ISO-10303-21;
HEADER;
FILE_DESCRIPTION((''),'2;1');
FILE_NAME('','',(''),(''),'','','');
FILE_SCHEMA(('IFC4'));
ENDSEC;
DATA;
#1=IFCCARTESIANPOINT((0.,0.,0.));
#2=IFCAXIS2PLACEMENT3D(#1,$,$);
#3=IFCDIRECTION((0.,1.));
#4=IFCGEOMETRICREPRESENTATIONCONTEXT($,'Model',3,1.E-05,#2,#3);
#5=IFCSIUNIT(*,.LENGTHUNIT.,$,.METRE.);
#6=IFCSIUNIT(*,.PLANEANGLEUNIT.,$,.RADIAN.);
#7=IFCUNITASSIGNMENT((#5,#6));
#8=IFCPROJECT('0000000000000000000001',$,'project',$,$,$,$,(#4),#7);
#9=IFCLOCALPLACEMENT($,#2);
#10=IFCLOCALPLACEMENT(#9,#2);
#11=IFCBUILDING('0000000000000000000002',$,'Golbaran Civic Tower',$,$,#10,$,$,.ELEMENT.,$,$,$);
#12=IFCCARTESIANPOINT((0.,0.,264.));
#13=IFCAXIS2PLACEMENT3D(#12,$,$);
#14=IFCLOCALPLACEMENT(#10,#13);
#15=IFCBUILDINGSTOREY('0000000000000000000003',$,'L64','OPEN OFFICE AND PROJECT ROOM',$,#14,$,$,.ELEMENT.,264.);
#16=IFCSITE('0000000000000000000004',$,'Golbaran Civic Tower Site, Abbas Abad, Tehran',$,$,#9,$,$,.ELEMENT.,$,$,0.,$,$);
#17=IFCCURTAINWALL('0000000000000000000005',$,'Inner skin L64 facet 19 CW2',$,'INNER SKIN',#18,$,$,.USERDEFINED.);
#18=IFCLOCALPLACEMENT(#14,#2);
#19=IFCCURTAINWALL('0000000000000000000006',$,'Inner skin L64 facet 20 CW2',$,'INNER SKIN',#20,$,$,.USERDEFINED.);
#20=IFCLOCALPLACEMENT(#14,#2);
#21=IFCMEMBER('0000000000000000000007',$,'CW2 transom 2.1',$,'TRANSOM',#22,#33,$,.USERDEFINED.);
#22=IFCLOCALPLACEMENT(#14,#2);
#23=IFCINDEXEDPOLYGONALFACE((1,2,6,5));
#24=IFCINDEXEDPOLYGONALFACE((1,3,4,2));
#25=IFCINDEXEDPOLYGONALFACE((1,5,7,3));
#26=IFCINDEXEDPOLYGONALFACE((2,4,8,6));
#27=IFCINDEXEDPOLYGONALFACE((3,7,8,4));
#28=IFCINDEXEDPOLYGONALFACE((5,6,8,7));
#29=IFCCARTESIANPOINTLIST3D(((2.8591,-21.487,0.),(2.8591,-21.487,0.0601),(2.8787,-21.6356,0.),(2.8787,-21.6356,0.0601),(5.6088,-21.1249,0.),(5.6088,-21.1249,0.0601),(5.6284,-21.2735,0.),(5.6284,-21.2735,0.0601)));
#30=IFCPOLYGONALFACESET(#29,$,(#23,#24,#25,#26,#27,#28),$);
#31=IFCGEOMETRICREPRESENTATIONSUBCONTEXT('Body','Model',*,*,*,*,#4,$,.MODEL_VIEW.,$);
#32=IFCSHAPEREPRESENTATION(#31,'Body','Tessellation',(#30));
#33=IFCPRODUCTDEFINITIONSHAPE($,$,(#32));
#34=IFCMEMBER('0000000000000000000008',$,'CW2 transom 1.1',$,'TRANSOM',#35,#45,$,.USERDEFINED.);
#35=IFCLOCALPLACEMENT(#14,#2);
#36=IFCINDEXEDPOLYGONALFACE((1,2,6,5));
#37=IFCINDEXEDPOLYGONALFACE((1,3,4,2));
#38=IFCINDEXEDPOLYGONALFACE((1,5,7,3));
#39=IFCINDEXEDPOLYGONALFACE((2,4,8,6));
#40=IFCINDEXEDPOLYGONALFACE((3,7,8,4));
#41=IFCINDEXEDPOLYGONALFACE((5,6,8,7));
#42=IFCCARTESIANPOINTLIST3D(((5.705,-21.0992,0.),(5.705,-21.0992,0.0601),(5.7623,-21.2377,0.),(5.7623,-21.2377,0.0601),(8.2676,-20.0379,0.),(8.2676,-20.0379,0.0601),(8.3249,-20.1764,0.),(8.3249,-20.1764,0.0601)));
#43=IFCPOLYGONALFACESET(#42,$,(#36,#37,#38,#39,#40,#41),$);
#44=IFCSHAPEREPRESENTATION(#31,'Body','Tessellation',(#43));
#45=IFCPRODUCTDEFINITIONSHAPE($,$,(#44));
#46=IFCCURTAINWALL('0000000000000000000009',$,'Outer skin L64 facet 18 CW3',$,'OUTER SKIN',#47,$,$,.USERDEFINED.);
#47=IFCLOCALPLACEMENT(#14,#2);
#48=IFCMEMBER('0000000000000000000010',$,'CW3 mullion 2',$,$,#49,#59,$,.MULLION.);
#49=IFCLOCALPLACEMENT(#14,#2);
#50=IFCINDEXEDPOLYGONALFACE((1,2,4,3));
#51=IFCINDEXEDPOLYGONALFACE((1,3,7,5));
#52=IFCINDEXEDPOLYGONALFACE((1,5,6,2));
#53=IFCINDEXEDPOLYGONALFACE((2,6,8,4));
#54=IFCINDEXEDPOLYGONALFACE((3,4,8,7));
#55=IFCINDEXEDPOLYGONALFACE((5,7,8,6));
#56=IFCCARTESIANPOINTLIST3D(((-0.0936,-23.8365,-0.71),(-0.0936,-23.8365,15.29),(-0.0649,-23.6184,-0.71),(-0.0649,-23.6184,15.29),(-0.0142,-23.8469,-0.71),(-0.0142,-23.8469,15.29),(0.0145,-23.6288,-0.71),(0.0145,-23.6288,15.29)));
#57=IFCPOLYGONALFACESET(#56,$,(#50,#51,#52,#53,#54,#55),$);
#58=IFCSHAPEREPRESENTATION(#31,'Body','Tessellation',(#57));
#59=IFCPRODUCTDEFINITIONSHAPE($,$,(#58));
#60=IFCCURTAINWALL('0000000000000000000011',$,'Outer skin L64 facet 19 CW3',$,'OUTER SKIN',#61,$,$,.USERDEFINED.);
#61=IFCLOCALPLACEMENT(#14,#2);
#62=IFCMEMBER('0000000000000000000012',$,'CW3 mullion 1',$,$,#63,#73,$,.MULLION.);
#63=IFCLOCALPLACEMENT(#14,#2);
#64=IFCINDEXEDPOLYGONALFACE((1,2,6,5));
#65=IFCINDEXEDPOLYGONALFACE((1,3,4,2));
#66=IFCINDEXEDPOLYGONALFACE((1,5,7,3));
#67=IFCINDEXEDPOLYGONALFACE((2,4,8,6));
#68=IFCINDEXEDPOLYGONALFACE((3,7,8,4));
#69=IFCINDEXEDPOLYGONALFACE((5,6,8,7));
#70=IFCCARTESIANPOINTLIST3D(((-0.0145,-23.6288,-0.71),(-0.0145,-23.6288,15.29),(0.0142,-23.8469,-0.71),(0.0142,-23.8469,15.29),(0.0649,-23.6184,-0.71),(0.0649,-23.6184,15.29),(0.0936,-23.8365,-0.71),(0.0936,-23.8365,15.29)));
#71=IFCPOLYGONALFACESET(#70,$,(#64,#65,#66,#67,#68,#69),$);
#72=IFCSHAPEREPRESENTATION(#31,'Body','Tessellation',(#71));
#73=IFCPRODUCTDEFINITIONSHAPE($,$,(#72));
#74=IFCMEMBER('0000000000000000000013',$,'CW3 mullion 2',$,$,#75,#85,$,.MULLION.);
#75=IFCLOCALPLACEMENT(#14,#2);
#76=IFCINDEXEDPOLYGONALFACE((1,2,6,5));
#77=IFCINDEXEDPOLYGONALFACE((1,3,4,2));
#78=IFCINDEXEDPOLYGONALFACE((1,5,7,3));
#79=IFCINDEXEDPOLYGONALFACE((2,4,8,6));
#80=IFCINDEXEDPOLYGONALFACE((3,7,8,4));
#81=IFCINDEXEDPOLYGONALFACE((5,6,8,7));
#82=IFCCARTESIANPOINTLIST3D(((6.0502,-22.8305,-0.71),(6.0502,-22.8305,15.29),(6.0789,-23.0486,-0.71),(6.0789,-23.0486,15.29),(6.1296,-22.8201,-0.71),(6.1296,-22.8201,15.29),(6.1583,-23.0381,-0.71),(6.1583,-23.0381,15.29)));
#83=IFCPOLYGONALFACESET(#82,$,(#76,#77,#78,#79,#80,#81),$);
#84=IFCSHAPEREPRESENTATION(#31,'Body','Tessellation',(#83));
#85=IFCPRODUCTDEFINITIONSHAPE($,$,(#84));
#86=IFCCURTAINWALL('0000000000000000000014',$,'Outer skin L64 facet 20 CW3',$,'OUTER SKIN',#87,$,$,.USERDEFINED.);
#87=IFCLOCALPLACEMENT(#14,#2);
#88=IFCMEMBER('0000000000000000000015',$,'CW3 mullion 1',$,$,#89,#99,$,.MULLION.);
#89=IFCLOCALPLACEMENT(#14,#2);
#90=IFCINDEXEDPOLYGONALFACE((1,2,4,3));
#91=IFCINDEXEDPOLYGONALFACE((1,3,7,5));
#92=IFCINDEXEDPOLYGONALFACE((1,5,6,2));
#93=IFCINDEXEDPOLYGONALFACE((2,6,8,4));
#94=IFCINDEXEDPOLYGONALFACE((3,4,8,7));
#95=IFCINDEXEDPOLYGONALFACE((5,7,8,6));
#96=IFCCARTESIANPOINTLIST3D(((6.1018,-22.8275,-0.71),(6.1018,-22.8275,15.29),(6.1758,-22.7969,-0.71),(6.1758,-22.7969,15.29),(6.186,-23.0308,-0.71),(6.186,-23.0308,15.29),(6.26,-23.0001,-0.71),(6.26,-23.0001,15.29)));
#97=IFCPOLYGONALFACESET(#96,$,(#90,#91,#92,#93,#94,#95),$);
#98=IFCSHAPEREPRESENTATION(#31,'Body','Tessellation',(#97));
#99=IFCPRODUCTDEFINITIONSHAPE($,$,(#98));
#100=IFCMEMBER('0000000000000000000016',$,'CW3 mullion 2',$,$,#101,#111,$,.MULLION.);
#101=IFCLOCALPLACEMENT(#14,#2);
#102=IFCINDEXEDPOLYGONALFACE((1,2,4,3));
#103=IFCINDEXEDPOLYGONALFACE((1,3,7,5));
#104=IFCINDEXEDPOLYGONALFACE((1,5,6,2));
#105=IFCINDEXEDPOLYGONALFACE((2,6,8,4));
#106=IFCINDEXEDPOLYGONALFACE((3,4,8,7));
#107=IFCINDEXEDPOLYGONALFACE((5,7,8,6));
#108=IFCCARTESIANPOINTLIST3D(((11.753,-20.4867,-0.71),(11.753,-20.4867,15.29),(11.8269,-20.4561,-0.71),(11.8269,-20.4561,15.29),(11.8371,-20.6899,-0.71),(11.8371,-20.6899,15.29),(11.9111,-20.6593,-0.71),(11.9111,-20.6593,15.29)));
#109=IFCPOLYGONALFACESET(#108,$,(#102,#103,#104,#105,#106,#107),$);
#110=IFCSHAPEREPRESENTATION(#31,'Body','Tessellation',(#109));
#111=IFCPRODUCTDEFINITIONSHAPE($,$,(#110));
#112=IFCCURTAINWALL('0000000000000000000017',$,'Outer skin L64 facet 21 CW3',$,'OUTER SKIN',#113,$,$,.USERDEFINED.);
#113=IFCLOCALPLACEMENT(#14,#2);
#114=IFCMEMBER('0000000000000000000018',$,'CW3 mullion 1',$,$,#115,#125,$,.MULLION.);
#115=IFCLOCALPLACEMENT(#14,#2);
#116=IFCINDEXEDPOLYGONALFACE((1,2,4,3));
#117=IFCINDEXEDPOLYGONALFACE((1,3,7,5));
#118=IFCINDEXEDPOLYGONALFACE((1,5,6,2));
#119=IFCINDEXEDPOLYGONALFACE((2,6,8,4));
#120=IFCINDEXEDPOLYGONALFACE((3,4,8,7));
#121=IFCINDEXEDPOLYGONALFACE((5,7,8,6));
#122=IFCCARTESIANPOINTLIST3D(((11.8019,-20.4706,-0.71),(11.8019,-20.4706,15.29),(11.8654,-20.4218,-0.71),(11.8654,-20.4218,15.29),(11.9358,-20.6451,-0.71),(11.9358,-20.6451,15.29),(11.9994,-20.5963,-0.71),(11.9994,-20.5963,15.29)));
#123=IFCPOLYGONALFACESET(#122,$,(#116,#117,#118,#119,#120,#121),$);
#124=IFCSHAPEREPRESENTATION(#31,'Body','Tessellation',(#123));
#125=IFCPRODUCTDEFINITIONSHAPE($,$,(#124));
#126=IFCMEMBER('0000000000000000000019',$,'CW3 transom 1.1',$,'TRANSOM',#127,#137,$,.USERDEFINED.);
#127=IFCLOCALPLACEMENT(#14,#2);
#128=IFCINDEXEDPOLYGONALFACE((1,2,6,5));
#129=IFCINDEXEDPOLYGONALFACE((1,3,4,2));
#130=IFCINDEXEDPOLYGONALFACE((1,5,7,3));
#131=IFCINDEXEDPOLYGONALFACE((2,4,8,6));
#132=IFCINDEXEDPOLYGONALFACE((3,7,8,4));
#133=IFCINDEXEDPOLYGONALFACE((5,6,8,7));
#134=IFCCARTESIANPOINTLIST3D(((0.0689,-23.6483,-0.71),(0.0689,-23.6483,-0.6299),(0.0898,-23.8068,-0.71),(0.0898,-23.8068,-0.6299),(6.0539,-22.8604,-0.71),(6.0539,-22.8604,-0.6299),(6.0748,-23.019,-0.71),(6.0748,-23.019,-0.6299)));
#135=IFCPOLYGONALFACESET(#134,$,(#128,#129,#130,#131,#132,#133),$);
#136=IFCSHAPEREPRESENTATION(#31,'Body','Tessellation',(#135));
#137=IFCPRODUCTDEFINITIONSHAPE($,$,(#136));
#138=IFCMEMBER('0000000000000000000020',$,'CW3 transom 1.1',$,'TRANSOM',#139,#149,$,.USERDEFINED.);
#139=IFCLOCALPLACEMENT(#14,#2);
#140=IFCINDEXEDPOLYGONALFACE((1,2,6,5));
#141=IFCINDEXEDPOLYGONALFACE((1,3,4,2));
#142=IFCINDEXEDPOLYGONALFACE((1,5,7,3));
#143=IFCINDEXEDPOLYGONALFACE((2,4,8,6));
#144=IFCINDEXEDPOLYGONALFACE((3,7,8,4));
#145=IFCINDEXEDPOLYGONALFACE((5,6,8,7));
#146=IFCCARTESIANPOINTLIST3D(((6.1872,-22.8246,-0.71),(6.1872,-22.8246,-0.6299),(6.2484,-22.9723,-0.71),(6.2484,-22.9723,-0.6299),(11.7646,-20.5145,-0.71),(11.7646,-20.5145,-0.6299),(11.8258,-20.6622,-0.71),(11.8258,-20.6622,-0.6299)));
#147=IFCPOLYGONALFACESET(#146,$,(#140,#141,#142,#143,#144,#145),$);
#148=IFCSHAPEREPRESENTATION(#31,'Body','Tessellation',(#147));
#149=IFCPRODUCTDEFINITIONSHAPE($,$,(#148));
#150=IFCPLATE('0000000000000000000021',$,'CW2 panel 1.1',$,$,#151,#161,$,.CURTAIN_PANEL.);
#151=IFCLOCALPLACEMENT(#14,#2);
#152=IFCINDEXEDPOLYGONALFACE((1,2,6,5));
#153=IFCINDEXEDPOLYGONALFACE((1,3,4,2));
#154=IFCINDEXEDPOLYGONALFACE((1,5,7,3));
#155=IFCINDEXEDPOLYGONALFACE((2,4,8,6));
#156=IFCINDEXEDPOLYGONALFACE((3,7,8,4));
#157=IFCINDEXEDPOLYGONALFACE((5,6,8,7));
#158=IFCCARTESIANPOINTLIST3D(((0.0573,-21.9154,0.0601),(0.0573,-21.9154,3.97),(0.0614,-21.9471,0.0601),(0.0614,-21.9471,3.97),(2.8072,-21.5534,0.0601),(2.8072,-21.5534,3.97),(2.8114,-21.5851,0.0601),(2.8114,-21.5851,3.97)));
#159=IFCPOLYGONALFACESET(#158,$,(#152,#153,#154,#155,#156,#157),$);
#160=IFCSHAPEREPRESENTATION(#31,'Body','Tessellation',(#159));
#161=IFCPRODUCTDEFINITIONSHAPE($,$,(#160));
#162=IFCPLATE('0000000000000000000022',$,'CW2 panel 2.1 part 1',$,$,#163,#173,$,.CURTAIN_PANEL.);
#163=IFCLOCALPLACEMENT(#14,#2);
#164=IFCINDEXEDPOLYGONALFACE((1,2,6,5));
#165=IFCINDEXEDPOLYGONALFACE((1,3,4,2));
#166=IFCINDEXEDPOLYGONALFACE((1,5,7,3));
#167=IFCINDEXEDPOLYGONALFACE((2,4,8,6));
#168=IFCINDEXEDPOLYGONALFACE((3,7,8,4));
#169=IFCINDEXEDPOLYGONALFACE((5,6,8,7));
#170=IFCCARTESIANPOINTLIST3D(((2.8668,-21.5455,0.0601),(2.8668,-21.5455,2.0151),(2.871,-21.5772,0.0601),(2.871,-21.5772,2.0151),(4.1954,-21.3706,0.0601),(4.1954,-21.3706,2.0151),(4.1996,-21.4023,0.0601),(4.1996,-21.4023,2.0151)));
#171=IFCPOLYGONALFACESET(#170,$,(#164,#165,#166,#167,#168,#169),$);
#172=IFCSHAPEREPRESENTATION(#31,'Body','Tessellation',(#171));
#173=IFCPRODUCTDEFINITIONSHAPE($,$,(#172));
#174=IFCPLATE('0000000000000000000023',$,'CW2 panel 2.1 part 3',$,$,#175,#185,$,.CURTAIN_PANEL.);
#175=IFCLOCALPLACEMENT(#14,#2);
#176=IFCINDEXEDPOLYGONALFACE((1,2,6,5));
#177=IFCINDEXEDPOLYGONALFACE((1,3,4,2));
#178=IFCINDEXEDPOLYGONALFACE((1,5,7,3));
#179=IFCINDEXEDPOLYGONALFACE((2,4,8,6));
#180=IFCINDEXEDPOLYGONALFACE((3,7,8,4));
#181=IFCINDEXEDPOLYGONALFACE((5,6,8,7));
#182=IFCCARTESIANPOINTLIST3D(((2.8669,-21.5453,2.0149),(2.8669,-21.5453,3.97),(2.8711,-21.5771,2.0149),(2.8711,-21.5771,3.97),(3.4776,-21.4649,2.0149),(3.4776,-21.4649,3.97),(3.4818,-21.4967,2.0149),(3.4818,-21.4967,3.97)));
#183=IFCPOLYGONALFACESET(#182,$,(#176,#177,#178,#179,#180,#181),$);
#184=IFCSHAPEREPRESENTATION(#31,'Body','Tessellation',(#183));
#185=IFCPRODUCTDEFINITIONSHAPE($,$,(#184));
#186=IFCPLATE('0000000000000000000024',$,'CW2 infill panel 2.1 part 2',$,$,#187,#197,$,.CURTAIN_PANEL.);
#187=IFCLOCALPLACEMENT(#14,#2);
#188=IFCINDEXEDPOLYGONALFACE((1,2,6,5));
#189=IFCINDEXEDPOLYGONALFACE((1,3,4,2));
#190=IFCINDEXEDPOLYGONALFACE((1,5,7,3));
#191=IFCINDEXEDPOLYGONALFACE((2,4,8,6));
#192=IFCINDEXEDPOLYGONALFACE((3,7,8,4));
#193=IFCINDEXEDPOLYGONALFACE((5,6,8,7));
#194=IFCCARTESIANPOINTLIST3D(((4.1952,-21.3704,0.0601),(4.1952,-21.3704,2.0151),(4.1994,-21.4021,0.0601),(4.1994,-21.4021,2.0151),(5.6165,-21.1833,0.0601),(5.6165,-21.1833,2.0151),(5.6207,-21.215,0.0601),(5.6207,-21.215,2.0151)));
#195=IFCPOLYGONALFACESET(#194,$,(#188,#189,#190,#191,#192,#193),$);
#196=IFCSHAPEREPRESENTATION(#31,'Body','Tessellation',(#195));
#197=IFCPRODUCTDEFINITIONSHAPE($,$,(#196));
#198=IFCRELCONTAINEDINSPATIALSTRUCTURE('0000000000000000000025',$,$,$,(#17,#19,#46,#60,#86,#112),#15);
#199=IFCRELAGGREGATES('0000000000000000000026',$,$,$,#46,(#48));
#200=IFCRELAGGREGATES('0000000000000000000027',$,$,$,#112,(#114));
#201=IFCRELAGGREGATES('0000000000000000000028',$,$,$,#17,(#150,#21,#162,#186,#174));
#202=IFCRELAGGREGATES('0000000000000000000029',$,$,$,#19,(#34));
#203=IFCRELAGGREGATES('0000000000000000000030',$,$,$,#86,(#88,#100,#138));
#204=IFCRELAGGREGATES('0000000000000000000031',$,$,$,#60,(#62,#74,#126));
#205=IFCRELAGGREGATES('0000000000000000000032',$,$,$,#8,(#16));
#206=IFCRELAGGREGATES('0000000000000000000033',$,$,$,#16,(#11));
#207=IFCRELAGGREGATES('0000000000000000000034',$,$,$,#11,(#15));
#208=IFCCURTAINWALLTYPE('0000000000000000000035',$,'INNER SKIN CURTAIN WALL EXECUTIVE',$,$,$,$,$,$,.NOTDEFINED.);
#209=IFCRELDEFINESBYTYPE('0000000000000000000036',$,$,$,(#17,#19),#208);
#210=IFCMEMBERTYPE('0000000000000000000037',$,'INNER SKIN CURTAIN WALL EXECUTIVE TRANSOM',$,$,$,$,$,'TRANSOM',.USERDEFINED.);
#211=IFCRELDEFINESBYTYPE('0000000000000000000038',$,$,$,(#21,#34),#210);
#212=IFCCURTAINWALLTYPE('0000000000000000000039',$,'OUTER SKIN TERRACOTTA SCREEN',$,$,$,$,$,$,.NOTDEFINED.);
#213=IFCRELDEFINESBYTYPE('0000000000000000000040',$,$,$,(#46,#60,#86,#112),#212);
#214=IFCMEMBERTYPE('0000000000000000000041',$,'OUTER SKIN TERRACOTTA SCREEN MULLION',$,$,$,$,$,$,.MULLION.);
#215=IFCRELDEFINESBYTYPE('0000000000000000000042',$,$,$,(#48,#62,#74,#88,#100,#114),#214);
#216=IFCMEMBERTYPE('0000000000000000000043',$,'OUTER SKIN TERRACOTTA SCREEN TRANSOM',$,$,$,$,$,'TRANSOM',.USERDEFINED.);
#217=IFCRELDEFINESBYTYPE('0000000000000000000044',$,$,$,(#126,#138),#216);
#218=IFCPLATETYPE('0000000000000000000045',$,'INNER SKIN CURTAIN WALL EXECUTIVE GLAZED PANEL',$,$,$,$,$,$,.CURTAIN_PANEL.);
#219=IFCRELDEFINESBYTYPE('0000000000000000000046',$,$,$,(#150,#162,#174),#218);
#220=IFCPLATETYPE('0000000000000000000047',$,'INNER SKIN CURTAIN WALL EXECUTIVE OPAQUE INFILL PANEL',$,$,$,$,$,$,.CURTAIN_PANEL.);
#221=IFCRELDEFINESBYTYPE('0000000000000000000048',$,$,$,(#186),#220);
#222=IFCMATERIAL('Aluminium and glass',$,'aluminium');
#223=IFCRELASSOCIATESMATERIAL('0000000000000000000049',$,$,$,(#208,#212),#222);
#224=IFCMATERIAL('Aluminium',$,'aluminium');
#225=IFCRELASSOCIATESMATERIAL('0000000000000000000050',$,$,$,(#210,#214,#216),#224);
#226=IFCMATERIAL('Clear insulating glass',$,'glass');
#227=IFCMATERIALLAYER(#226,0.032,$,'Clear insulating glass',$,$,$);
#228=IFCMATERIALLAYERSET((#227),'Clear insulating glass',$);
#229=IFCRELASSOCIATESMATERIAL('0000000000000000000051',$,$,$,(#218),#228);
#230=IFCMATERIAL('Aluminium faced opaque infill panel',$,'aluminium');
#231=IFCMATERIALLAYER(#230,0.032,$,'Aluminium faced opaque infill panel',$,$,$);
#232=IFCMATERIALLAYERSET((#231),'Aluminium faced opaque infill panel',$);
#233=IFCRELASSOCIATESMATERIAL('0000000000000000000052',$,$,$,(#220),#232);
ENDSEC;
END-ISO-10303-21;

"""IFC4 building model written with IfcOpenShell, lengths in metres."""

from ifc_helpers import new_model, si_unit, direction, frame, origin, origin_2d, place, context, subcontext, project, spatial, rectangle, extrude, material, layer, layer_set, material_profile, profile_set, type_object, element, aggregate, save


model = new_model("IFC4")

# Units and contexts
model_context = context("Model", 3, precision=1e-05, world=origin(), true_north=direction((0.0, 1.0)))
body_context = subcontext(model_context, "Body", "Model", "MODEL_VIEW")
ifc_project = project(units=[si_unit("LENGTHUNIT", "METRE"), si_unit("PLANEANGLEUNIT", "RADIAN")], contexts=[model_context])

# Site, building, storey
site_placement = place(None, origin())
site = spatial("IfcSite", under=ifc_project, at=site_placement, Name="Golbaran Civic Tower Site, Abbas Abad, Tehran", CompositionType="ELEMENT", RefElevation=0.0)
building_placement = place(site_placement, origin())
building = spatial("IfcBuilding", under=site, at=building_placement, Name="Golbaran Civic Tower", CompositionType="ELEMENT")
storey_placement = place(building_placement, frame((0.0, 0.0, 264.0)))
storey = spatial("IfcBuildingStorey", under=building, at=storey_placement, Name="L64", Description="OPEN OFFICE AND PROJECT ROOM", CompositionType="ELEMENT", Elevation=264.0)

# Shared definitions
ifc_material_1 = material(Name="Aluminium and glass", Category="aluminium")
curtain_wall_type_1 = type_object("IfcCurtainWallType", Name="INNER SKIN CURTAIN WALL EXECUTIVE", PredefinedType="NOTDEFINED", material=ifc_material_1)
ifc_material_2 = material(Name="Aluminium", Category="aluminium")

# Curtain wall
curtain_wall_1_placement = place(storey_placement, origin())
curtain_wall_1 = element("IfcCurtainWall", 1, at=curtain_wall_1_placement, inside=storey, type_object=curtain_wall_type_1, Name="Inner skin L64 facet 19 CW2", ObjectType="INNER SKIN", PredefinedType="USERDEFINED")

# Curtain wall
curtain_wall_2_placement = place(storey_placement, origin())
curtain_wall_2 = element("IfcCurtainWall", 2, at=curtain_wall_2_placement, inside=storey, type_object=curtain_wall_type_1, Name="Inner skin L64 facet 20 CW2", ObjectType="INNER SKIN", PredefinedType="USERDEFINED")

# Members
ifc_material_profile_1 = material_profile(ifc_material_2, rectangle(XDim=0.1499, YDim=0.0601, at=origin_2d()), Name="INNER SKIN CURTAIN WALL EXECUTIVE TRANSOM")
ifc_profile_set_1 = profile_set([ifc_material_profile_1], Name="Aluminium")
member_type_1 = type_object("IfcMemberType", Name="INNER SKIN CURTAIN WALL EXECUTIVE TRANSOM", ElementType="TRANSOM", PredefinedType="USERDEFINED", material=ifc_profile_set_1)
member_1_placement = place(storey_placement, frame((2.8689, -21.5613, 0.03), z_axis=(0.991443, 0.130543, 0.0), x_axis=(-0.130543, 0.991443, 0.0)))
member_1 = element("IfcMember", 3, at=member_1_placement, type_object=member_type_1, Name="CW2 transom 2.1", ObjectType="TRANSOM", PredefinedType="USERDEFINED", context=body_context, shape_type="SweptSolid", body=[
    extrude(rectangle(XDim=0.1499, YDim=0.0601, at=origin_2d()), origin(), (0.0, 0.0, 1.0), 2.7734),
])
member_2_placement = place(storey_placement, frame((5.7336, -21.1685, 0.03), z_axis=(0.923898, 0.382639, 0.0), x_axis=(-0.382639, 0.923898, 0.0)))
member_2 = element("IfcMember", 4, at=member_2_placement, type_object=member_type_1, Name="CW2 transom 1.1", ObjectType="TRANSOM", PredefinedType="USERDEFINED", context=body_context, shape_type="SweptSolid", body=[
    extrude(rectangle(XDim=0.1499, YDim=0.0601, at=origin_2d()), origin(), (0.0, 0.0, 1.0), 2.7737),
])

# Curtain wall, member
curtain_wall_type_2 = type_object("IfcCurtainWallType", Name="OUTER SKIN TERRACOTTA SCREEN", PredefinedType="NOTDEFINED", material=ifc_material_1)
curtain_wall_3_placement = place(storey_placement, origin())
curtain_wall_3 = element("IfcCurtainWall", 5, at=curtain_wall_3_placement, inside=storey, type_object=curtain_wall_type_2, Name="Outer skin L64 facet 18 CW3", ObjectType="OUTER SKIN", PredefinedType="USERDEFINED")
ifc_material_profile_2 = material_profile(ifc_material_2, rectangle(XDim=0.22, YDim=0.0801, at=origin_2d()), Name="OUTER SKIN TERRACOTTA SCREEN MULLION")
ifc_profile_set_2 = profile_set([ifc_material_profile_2], Name="Aluminium")
member_type_2 = type_object("IfcMemberType", Name="OUTER SKIN TERRACOTTA SCREEN MULLION", PredefinedType="MULLION", material=ifc_profile_set_2)
member_3_placement = place(storey_placement, frame((-0.0396, -23.7327, -0.71), z_axis=(0.0, 0.0, 1.0), x_axis=(0.130526, 0.991445, 0.0)))
member_3 = element("IfcMember", 6, at=member_3_placement, type_object=member_type_2, Name="CW3 mullion 2", PredefinedType="MULLION", context=body_context, shape_type="SweptSolid", body=[
    extrude(rectangle(XDim=0.22, YDim=0.0801, at=origin_2d()), origin(), (0.0, 0.0, 1.0), 16.0),
])
aggregate(curtain_wall_3, [member_3])

# Curtain walls, members
curtain_wall_4_placement = place(storey_placement, origin())
curtain_wall_4 = element("IfcCurtainWall", 7, at=curtain_wall_4_placement, inside=storey, type_object=curtain_wall_type_2, Name="Outer skin L64 facet 19 CW3", ObjectType="OUTER SKIN", PredefinedType="USERDEFINED")
member_4_placement = place(storey_placement, frame((0.0396, -23.7327, -0.71), z_axis=(0.0, 0.0, 1.0), x_axis=(-0.130526, 0.991445, 0.0)))
member_4 = element("IfcMember", 8, at=member_4_placement, type_object=member_type_2, Name="CW3 mullion 1", PredefinedType="MULLION", context=body_context, shape_type="SweptSolid", body=[
    extrude(rectangle(XDim=0.22, YDim=0.0801, at=origin_2d()), origin(), (0.0, 0.0, 1.0), 16.0),
])
member_5_placement = place(storey_placement, frame((6.1042, -22.9343, -0.71), z_axis=(0.0, 0.0, 1.0), x_axis=(-0.130526, 0.991445, 0.0)))
member_5 = element("IfcMember", 9, at=member_5_placement, type_object=member_type_2, Name="CW3 mullion 2", PredefinedType="MULLION", context=body_context, shape_type="SweptSolid", body=[
    extrude(rectangle(XDim=0.22, YDim=0.0801, at=origin_2d()), origin(), (0.0, 0.0, 1.0), 16.0),
])
curtain_wall_5_placement = place(storey_placement, origin())
curtain_wall_5 = element("IfcCurtainWall", 10, at=curtain_wall_5_placement, inside=storey, type_object=curtain_wall_type_2, Name="Outer skin L64 facet 20 CW3", ObjectType="OUTER SKIN", PredefinedType="USERDEFINED")
member_6_placement = place(storey_placement, frame((6.1809, -22.9138, -0.71), z_axis=(0.0, 0.0, 1.0), x_axis=(-0.382683, 0.92388, 0.0)))
member_6 = element("IfcMember", 11, at=member_6_placement, type_object=member_type_2, Name="CW3 mullion 1", PredefinedType="MULLION", context=body_context, shape_type="SweptSolid", body=[
    extrude(rectangle(XDim=0.22, YDim=0.0801, at=origin_2d()), origin(), (0.0, 0.0, 1.0), 16.0),
])
member_7_placement = place(storey_placement, frame((11.832, -20.573, -0.71), z_axis=(0.0, 0.0, 1.0), x_axis=(-0.382683, 0.92388, 0.0)))
member_7 = element("IfcMember", 12, at=member_7_placement, type_object=member_type_2, Name="CW3 mullion 2", PredefinedType="MULLION", context=body_context, shape_type="SweptSolid", body=[
    extrude(rectangle(XDim=0.22, YDim=0.0801, at=origin_2d()), origin(), (0.0, 0.0, 1.0), 16.0),
])

# Curtain wall, member
curtain_wall_6_placement = place(storey_placement, origin())
curtain_wall_6 = element("IfcCurtainWall", 13, at=curtain_wall_6_placement, inside=storey, type_object=curtain_wall_type_2, Name="Outer skin L64 facet 21 CW3", ObjectType="OUTER SKIN", PredefinedType="USERDEFINED")
member_8_placement = place(storey_placement, frame((11.9006, -20.5334, -0.71), z_axis=(0.0, 0.0, 1.0), x_axis=(-0.608761, 0.793353, 0.0)))
member_8 = element("IfcMember", 14, at=member_8_placement, type_object=member_type_2, Name="CW3 mullion 1", PredefinedType="MULLION", context=body_context, shape_type="SweptSolid", body=[
    extrude(rectangle(XDim=0.22, YDim=0.0801, at=origin_2d()), origin(), (0.0, 0.0, 1.0), 16.0),
])
aggregate(curtain_wall_6, [member_8])

# Members
ifc_material_profile_3 = material_profile(ifc_material_2, rectangle(XDim=0.1599, YDim=0.0801, at=origin_2d()), Name="OUTER SKIN TERRACOTTA SCREEN TRANSOM")
ifc_profile_set_3 = profile_set([ifc_material_profile_3], Name="Aluminium")
member_type_3 = type_object("IfcMemberType", Name="OUTER SKIN TERRACOTTA SCREEN TRANSOM", ElementType="TRANSOM", PredefinedType="USERDEFINED", material=ifc_profile_set_3)
member_9_placement = place(storey_placement, frame((0.0793, -23.7275, -0.6699), z_axis=(0.991447, 0.130508, 0.0), x_axis=(-0.130508, 0.991447, 0.0)))
member_9 = element("IfcMember", 15, at=member_9_placement, type_object=member_type_3, Name="CW3 transom 1.1", ObjectType="TRANSOM", PredefinedType="USERDEFINED", context=body_context, shape_type="SweptSolid", body=[
    extrude(rectangle(XDim=0.1599, YDim=0.0801, at=origin_2d()), origin(), (0.0, 0.0, 1.0), 6.0366),
])
member_10_placement = place(storey_placement, frame((6.2178, -22.8984, -0.6699), z_axis=(0.92389, 0.382659, 0.0), x_axis=(-0.382659, 0.92389, 0.0)))
member_10 = element("IfcMember", 16, at=member_10_placement, type_object=member_type_3, Name="CW3 transom 1.1", ObjectType="TRANSOM", PredefinedType="USERDEFINED", context=body_context, shape_type="SweptSolid", body=[
    extrude(rectangle(XDim=0.1599, YDim=0.0801, at=origin_2d()), origin(), (0.0, 0.0, 1.0), 6.0369),
])

# Plates
ifc_material_3 = material(Name="Clear insulating glass", Category="glass")
ifc_layer_1 = layer(ifc_material_3, 0.032, Name="Clear insulating glass")
ifc_layer_set_1 = layer_set([ifc_layer_1], Name="Clear insulating glass")
plate_type_1 = type_object("IfcPlateType", Name="INNER SKIN CURTAIN WALL EXECUTIVE GLAZED PANEL", PredefinedType="CURTAIN_PANEL", material=ifc_layer_set_1)
plate_1_placement = place(storey_placement, frame((1.4343, -21.7502, 0.0601), z_axis=(0.0, 0.0, 1.0), x_axis=(0.991445, 0.130526, 0.0)))
plate_1 = element("IfcPlate", 17, at=plate_1_placement, type_object=plate_type_1, Name="CW2 panel 1.1", PredefinedType="CURTAIN_PANEL", context=body_context, shape_type="SweptSolid", body=[
    extrude(rectangle(XDim=2.7737, YDim=0.032, at=origin_2d()), origin(), (0.0, 0.0, 1.0), 3.9099),
])
plate_2_placement = place(storey_placement, frame((3.5332, -21.4739, 0.0601), z_axis=(0.0, 0.0, 1.0), x_axis=(0.991445, 0.130526, 0.0)))
plate_2 = element("IfcPlate", 18, at=plate_2_placement, type_object=plate_type_1, Name="CW2 panel 2.1 part 1", PredefinedType="CURTAIN_PANEL", context=body_context, shape_type="SweptSolid", body=[
    extrude(rectangle(XDim=1.3401, YDim=0.032, at=origin_2d()), origin(), (0.0, 0.0, 1.0), 1.9551),
])
plate_3_placement = place(storey_placement, frame((3.1743, -21.521, 2.0149), z_axis=(0.0, 0.0, 1.0), x_axis=(0.991445, 0.130526, 0.0)))
plate_3 = element("IfcPlate", 19, at=plate_3_placement, type_object=plate_type_1, Name="CW2 panel 2.1 part 3", PredefinedType="CURTAIN_PANEL", context=body_context, shape_type="SweptSolid", body=[
    extrude(rectangle(XDim=0.616, YDim=0.032, at=origin_2d()), origin(), (0.0, 0.0, 1.0), 1.9551),
])
ifc_material_4 = material(Name="Aluminium faced opaque infill panel", Category="aluminium")
ifc_layer_2 = layer(ifc_material_4, 0.032, Name="Aluminium faced opaque infill panel")
ifc_layer_set_2 = layer_set([ifc_layer_2], Name="Aluminium faced opaque infill panel")
plate_type_2 = type_object("IfcPlateType", Name="INNER SKIN CURTAIN WALL EXECUTIVE OPAQUE INFILL PANEL", PredefinedType="CURTAIN_PANEL", material=ifc_layer_set_2)
plate_4_placement = place(storey_placement, frame((4.908, -21.2927, 0.0601), z_axis=(0.0, 0.0, 1.0), x_axis=(0.991445, 0.130526, 0.0)))
plate_4 = element("IfcPlate", 20, at=plate_4_placement, type_object=plate_type_2, Name="CW2 infill panel 2.1 part 2", PredefinedType="CURTAIN_PANEL", context=body_context, shape_type="SweptSolid", body=[
    extrude(rectangle(XDim=1.4336, YDim=0.032, at=origin_2d()), origin(), (0.0, 0.0, 1.0), 1.9551),
])
aggregate(curtain_wall_1, [plate_1, member_1, plate_2, plate_4, plate_3])
aggregate(curtain_wall_2, [member_2])
aggregate(curtain_wall_5, [member_6, member_7, member_10])
aggregate(curtain_wall_4, [member_4, member_5, member_9])

save(model, "model.ifc")
